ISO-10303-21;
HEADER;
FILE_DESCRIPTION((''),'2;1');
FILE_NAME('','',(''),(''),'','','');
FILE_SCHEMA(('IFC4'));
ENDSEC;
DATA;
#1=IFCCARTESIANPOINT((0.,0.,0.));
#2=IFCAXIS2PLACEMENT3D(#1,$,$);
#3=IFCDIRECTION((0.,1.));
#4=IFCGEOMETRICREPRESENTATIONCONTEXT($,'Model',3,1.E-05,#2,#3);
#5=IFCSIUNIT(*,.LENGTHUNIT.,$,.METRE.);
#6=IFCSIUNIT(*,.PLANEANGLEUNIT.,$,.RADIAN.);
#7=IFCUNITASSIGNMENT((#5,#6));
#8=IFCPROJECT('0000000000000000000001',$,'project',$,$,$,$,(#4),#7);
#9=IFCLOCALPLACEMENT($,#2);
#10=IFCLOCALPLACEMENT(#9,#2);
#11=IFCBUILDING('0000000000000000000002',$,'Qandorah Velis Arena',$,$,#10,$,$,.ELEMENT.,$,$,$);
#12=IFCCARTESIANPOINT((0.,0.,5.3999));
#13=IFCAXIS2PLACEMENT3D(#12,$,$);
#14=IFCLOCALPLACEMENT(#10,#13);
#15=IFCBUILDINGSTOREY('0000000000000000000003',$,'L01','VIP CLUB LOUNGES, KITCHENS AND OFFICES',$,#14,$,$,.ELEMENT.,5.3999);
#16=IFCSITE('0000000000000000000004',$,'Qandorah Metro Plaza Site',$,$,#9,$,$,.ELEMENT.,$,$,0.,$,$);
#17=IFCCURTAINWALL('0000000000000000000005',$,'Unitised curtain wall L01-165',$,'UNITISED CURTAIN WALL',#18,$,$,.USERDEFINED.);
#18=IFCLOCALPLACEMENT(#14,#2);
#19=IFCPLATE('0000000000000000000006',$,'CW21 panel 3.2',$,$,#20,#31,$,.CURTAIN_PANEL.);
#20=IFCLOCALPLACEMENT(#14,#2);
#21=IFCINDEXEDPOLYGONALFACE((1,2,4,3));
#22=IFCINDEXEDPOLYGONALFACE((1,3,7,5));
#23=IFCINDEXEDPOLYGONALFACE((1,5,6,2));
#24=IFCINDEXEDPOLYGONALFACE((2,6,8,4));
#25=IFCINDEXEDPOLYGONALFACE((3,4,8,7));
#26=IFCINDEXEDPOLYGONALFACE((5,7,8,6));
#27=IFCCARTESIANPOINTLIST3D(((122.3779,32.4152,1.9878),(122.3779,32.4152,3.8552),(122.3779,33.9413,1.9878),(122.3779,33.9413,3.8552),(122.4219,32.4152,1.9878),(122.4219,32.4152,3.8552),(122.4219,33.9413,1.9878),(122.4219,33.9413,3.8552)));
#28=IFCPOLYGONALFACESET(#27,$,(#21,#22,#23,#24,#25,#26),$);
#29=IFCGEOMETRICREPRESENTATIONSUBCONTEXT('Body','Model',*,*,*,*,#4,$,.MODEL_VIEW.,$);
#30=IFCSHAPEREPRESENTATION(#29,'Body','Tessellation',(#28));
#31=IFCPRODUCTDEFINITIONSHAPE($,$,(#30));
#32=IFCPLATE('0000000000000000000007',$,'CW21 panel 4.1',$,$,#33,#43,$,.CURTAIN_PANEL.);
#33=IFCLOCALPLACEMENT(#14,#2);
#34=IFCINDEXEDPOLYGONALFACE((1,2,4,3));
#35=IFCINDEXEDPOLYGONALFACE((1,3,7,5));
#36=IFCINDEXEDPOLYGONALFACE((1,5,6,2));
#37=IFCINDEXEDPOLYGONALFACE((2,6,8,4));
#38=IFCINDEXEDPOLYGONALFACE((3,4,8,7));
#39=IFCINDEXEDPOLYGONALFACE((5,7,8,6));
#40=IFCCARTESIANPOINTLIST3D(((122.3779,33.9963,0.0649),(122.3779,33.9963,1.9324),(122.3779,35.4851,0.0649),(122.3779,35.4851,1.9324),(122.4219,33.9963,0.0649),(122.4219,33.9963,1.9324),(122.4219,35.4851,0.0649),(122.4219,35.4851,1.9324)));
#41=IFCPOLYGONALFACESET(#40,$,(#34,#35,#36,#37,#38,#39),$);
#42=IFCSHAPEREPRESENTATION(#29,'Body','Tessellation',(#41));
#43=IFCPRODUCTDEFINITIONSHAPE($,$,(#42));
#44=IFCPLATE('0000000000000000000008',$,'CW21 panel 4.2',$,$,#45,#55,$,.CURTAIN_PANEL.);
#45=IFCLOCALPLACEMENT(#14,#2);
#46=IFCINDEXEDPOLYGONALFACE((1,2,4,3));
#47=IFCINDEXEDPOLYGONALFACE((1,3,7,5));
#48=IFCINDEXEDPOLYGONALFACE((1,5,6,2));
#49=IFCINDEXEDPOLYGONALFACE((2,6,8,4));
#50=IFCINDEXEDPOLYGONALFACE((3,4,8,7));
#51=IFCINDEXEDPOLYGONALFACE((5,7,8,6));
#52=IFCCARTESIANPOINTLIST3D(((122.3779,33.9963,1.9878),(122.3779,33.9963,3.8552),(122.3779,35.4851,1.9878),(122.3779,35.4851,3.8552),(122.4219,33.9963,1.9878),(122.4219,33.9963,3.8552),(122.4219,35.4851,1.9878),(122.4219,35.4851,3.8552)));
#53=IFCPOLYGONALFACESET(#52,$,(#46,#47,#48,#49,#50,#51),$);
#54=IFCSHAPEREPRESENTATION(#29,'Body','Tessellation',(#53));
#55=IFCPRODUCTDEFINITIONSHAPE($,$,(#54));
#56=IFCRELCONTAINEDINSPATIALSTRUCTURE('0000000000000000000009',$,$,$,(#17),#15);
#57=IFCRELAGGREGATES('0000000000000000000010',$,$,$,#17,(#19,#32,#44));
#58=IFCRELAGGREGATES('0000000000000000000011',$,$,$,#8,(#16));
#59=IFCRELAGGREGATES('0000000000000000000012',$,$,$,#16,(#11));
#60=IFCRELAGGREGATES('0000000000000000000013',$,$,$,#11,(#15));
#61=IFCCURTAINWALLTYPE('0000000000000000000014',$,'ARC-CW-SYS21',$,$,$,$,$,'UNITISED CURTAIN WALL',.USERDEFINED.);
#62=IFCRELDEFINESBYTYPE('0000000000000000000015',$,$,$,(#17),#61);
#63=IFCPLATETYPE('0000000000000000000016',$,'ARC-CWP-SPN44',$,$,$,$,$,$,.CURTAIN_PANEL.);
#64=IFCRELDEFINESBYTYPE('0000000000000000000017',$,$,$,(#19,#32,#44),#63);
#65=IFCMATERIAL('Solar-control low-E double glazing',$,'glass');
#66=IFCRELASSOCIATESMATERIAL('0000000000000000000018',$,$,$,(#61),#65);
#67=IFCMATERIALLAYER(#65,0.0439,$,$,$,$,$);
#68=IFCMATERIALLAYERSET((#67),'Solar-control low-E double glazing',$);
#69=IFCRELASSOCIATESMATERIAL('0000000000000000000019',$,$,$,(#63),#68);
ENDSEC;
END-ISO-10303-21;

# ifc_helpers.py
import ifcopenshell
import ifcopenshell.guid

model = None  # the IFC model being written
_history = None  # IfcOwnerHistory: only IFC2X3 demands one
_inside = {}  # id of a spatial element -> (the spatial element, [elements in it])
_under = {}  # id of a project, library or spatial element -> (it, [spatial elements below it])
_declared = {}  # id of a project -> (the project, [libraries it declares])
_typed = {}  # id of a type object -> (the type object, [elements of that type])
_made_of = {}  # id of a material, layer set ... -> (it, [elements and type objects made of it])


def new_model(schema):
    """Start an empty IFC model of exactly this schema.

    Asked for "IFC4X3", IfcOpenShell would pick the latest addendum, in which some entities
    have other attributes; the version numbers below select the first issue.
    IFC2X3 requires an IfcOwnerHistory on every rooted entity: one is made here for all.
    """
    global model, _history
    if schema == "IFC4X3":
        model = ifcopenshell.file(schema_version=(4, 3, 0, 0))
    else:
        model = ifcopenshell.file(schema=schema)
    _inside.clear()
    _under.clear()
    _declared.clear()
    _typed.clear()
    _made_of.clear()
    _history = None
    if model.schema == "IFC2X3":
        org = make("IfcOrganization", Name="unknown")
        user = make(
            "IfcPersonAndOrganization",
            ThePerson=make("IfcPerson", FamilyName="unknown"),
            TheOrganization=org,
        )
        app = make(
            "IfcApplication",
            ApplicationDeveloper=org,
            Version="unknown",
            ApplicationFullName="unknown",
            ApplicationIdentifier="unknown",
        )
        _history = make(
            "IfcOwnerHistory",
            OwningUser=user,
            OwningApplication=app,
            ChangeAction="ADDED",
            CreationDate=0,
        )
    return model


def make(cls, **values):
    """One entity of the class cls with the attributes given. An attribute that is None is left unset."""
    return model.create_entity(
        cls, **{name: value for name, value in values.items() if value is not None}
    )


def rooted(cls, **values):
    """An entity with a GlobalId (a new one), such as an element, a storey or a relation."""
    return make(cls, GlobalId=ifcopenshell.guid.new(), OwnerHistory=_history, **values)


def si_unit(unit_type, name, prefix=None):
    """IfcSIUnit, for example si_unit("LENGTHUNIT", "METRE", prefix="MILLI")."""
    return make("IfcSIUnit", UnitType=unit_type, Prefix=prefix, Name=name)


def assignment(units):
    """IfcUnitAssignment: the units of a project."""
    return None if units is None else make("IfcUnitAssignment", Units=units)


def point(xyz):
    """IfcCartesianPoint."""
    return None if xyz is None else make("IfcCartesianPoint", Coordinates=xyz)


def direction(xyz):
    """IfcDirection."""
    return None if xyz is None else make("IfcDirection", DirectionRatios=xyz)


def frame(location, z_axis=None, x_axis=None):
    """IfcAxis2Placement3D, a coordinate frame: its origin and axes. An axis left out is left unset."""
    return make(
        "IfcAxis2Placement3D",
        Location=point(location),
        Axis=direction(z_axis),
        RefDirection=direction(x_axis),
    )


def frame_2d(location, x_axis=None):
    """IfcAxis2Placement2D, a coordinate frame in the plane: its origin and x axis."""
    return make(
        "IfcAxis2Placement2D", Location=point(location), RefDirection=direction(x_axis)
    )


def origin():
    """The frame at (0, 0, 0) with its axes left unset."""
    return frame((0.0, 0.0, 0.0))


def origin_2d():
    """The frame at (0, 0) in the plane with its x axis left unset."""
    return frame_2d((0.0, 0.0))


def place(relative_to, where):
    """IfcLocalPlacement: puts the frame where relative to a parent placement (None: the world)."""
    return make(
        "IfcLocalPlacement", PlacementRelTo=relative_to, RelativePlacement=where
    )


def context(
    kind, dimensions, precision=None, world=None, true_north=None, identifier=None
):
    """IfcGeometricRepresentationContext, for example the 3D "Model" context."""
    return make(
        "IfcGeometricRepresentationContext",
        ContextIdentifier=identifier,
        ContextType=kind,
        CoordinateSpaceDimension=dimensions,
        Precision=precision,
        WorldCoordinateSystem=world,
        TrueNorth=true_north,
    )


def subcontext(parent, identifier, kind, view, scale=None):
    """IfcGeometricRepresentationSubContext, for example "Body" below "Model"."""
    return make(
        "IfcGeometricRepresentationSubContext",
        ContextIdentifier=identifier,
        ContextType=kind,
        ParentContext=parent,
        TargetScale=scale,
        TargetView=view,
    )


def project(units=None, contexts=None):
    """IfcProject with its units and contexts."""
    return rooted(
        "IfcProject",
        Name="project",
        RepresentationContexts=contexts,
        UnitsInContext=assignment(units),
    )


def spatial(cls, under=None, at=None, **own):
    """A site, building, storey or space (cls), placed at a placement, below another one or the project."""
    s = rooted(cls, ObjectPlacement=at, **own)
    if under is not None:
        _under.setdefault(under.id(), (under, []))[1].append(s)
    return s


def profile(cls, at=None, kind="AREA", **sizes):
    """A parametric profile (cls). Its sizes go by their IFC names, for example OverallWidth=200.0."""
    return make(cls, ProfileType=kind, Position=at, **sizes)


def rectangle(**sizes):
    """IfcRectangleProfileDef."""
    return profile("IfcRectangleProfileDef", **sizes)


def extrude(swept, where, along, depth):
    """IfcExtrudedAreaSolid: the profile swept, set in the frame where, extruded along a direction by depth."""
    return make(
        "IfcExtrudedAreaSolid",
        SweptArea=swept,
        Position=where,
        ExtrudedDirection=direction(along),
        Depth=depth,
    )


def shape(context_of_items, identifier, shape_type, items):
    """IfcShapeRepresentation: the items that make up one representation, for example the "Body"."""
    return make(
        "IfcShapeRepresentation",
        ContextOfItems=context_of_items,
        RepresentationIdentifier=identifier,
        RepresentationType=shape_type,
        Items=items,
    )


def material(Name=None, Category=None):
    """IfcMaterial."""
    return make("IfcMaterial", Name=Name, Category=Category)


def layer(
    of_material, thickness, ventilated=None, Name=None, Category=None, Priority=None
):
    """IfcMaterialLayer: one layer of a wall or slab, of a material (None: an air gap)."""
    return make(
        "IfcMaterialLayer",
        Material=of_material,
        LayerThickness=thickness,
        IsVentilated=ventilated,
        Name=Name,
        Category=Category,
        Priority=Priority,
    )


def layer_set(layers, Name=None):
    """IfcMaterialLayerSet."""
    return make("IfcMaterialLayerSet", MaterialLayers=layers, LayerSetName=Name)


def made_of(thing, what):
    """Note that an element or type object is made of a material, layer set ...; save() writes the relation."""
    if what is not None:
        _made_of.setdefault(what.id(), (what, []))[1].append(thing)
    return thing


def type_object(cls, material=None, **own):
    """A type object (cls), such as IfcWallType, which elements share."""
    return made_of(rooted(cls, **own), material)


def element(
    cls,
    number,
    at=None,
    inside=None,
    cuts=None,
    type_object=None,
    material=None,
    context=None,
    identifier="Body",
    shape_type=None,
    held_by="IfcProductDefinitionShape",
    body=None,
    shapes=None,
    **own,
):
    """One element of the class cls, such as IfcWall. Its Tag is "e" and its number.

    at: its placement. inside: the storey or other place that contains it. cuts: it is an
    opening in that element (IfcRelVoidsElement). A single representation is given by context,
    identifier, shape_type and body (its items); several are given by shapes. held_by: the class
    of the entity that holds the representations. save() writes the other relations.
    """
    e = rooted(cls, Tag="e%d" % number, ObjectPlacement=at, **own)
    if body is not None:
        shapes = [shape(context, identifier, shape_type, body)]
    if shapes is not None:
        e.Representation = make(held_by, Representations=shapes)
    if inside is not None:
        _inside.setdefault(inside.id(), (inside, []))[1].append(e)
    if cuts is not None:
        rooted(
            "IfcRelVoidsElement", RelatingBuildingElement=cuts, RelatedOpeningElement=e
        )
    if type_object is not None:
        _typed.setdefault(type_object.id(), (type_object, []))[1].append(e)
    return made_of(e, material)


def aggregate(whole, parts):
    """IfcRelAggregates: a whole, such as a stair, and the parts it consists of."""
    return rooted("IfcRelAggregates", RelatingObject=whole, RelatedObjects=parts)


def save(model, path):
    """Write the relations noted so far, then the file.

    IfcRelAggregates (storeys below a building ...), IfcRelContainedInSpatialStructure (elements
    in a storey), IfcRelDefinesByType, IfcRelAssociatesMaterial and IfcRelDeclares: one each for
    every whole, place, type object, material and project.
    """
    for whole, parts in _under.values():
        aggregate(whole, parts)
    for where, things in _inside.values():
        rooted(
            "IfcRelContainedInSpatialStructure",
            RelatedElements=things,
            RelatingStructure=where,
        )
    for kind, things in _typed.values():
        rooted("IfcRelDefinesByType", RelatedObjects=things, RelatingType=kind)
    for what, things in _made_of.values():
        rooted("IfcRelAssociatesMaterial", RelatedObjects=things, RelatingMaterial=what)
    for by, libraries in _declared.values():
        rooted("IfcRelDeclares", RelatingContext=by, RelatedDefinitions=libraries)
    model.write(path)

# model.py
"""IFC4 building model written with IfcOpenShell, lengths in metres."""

from ifc_helpers import new_model, si_unit, direction, frame, origin, origin_2d, place, context, subcontext, project, spatial, rectangle, extrude, material, layer, layer_set, type_object, element, aggregate, save


model = new_model("IFC4")

# Units and contexts
model_context = context("Model", 3, precision=1e-05, world=origin(), true_north=direction((0.0, 1.0)))
body_context = subcontext(model_context, "Body", "Model", "MODEL_VIEW")
ifc_project = project(units=[si_unit("LENGTHUNIT", "METRE"), si_unit("PLANEANGLEUNIT", "RADIAN")], contexts=[model_context])

# Site, building, storey
site_placement = place(None, origin())
site = spatial("IfcSite", under=ifc_project, at=site_placement, Name="Qandorah Metro Plaza Site", CompositionType="ELEMENT", RefElevation=0.0)
building_placement = place(site_placement, origin())
building = spatial("IfcBuilding", under=site, at=building_placement, Name="Qandorah Velis Arena", CompositionType="ELEMENT")
storey_placement = place(building_placement, frame((0.0, 0.0, 5.3999)))
storey = spatial("IfcBuildingStorey", under=building, at=storey_placement, Name="L01", Description="VIP CLUB LOUNGES, KITCHENS AND OFFICES", CompositionType="ELEMENT", Elevation=5.3999)

# Shared definitions
ifc_material_1 = material(Name="Solar-control low-E double glazing", Category="glass")

# Curtain wall
curtain_wall_type_1 = type_object("IfcCurtainWallType", Name="ARC-CW-SYS21", ElementType="UNITISED CURTAIN WALL", PredefinedType="USERDEFINED", material=ifc_material_1)
curtain_wall_1_placement = place(storey_placement, origin())
curtain_wall_1 = element("IfcCurtainWall", 1, at=curtain_wall_1_placement, inside=storey, type_object=curtain_wall_type_1, Name="Unitised curtain wall L01-165", ObjectType="UNITISED CURTAIN WALL", PredefinedType="USERDEFINED")

# Plates
ifc_layer_1 = layer(ifc_material_1, 0.0439)
ifc_layer_set_1 = layer_set([ifc_layer_1], Name="Solar-control low-E double glazing")
plate_type_1 = type_object("IfcPlateType", Name="ARC-CWP-SPN44", PredefinedType="CURTAIN_PANEL", material=ifc_layer_set_1)
plate_1_placement = place(storey_placement, frame((122.3999, 33.1782, 1.9878), z_axis=(0.0, 0.0, 1.0), x_axis=(0.0, 1.0, 0.0)))
plate_1 = element("IfcPlate", 2, at=plate_1_placement, type_object=plate_type_1, Name="CW21 panel 3.2", PredefinedType="CURTAIN_PANEL", context=body_context, shape_type="SweptSolid", body=[
    extrude(rectangle(XDim=1.5261, YDim=0.0439, at=origin_2d()), origin(), (0.0, 0.0, 1.0), 1.8674),
])
plate_2_placement = place(storey_placement, frame((122.3999, 34.7407, 0.0649), z_axis=(0.0, 0.0, 1.0), x_axis=(0.0, 1.0, 0.0)))
plate_2 = element("IfcPlate", 3, at=plate_2_placement, type_object=plate_type_1, Name="CW21 panel 4.1", PredefinedType="CURTAIN_PANEL", context=body_context, shape_type="SweptSolid", body=[
    extrude(rectangle(XDim=1.4888, YDim=0.0439, at=origin_2d()), origin(), (0.0, 0.0, 1.0), 1.8674),
])
plate_3_placement = place(storey_placement, frame((122.3999, 34.7407, 1.9878), z_axis=(0.0, 0.0, 1.0), x_axis=(0.0, 1.0, 0.0)))
plate_3 = element("IfcPlate", 4, at=plate_3_placement, type_object=plate_type_1, Name="CW21 panel 4.2", PredefinedType="CURTAIN_PANEL", context=body_context, shape_type="SweptSolid", body=[
    extrude(rectangle(XDim=1.4888, YDim=0.0439, at=origin_2d()), origin(), (0.0, 0.0, 1.0), 1.8674),
])
aggregate(curtain_wall_1, [plate_1, plate_2, plate_3])

save(model, "model.ifc")
